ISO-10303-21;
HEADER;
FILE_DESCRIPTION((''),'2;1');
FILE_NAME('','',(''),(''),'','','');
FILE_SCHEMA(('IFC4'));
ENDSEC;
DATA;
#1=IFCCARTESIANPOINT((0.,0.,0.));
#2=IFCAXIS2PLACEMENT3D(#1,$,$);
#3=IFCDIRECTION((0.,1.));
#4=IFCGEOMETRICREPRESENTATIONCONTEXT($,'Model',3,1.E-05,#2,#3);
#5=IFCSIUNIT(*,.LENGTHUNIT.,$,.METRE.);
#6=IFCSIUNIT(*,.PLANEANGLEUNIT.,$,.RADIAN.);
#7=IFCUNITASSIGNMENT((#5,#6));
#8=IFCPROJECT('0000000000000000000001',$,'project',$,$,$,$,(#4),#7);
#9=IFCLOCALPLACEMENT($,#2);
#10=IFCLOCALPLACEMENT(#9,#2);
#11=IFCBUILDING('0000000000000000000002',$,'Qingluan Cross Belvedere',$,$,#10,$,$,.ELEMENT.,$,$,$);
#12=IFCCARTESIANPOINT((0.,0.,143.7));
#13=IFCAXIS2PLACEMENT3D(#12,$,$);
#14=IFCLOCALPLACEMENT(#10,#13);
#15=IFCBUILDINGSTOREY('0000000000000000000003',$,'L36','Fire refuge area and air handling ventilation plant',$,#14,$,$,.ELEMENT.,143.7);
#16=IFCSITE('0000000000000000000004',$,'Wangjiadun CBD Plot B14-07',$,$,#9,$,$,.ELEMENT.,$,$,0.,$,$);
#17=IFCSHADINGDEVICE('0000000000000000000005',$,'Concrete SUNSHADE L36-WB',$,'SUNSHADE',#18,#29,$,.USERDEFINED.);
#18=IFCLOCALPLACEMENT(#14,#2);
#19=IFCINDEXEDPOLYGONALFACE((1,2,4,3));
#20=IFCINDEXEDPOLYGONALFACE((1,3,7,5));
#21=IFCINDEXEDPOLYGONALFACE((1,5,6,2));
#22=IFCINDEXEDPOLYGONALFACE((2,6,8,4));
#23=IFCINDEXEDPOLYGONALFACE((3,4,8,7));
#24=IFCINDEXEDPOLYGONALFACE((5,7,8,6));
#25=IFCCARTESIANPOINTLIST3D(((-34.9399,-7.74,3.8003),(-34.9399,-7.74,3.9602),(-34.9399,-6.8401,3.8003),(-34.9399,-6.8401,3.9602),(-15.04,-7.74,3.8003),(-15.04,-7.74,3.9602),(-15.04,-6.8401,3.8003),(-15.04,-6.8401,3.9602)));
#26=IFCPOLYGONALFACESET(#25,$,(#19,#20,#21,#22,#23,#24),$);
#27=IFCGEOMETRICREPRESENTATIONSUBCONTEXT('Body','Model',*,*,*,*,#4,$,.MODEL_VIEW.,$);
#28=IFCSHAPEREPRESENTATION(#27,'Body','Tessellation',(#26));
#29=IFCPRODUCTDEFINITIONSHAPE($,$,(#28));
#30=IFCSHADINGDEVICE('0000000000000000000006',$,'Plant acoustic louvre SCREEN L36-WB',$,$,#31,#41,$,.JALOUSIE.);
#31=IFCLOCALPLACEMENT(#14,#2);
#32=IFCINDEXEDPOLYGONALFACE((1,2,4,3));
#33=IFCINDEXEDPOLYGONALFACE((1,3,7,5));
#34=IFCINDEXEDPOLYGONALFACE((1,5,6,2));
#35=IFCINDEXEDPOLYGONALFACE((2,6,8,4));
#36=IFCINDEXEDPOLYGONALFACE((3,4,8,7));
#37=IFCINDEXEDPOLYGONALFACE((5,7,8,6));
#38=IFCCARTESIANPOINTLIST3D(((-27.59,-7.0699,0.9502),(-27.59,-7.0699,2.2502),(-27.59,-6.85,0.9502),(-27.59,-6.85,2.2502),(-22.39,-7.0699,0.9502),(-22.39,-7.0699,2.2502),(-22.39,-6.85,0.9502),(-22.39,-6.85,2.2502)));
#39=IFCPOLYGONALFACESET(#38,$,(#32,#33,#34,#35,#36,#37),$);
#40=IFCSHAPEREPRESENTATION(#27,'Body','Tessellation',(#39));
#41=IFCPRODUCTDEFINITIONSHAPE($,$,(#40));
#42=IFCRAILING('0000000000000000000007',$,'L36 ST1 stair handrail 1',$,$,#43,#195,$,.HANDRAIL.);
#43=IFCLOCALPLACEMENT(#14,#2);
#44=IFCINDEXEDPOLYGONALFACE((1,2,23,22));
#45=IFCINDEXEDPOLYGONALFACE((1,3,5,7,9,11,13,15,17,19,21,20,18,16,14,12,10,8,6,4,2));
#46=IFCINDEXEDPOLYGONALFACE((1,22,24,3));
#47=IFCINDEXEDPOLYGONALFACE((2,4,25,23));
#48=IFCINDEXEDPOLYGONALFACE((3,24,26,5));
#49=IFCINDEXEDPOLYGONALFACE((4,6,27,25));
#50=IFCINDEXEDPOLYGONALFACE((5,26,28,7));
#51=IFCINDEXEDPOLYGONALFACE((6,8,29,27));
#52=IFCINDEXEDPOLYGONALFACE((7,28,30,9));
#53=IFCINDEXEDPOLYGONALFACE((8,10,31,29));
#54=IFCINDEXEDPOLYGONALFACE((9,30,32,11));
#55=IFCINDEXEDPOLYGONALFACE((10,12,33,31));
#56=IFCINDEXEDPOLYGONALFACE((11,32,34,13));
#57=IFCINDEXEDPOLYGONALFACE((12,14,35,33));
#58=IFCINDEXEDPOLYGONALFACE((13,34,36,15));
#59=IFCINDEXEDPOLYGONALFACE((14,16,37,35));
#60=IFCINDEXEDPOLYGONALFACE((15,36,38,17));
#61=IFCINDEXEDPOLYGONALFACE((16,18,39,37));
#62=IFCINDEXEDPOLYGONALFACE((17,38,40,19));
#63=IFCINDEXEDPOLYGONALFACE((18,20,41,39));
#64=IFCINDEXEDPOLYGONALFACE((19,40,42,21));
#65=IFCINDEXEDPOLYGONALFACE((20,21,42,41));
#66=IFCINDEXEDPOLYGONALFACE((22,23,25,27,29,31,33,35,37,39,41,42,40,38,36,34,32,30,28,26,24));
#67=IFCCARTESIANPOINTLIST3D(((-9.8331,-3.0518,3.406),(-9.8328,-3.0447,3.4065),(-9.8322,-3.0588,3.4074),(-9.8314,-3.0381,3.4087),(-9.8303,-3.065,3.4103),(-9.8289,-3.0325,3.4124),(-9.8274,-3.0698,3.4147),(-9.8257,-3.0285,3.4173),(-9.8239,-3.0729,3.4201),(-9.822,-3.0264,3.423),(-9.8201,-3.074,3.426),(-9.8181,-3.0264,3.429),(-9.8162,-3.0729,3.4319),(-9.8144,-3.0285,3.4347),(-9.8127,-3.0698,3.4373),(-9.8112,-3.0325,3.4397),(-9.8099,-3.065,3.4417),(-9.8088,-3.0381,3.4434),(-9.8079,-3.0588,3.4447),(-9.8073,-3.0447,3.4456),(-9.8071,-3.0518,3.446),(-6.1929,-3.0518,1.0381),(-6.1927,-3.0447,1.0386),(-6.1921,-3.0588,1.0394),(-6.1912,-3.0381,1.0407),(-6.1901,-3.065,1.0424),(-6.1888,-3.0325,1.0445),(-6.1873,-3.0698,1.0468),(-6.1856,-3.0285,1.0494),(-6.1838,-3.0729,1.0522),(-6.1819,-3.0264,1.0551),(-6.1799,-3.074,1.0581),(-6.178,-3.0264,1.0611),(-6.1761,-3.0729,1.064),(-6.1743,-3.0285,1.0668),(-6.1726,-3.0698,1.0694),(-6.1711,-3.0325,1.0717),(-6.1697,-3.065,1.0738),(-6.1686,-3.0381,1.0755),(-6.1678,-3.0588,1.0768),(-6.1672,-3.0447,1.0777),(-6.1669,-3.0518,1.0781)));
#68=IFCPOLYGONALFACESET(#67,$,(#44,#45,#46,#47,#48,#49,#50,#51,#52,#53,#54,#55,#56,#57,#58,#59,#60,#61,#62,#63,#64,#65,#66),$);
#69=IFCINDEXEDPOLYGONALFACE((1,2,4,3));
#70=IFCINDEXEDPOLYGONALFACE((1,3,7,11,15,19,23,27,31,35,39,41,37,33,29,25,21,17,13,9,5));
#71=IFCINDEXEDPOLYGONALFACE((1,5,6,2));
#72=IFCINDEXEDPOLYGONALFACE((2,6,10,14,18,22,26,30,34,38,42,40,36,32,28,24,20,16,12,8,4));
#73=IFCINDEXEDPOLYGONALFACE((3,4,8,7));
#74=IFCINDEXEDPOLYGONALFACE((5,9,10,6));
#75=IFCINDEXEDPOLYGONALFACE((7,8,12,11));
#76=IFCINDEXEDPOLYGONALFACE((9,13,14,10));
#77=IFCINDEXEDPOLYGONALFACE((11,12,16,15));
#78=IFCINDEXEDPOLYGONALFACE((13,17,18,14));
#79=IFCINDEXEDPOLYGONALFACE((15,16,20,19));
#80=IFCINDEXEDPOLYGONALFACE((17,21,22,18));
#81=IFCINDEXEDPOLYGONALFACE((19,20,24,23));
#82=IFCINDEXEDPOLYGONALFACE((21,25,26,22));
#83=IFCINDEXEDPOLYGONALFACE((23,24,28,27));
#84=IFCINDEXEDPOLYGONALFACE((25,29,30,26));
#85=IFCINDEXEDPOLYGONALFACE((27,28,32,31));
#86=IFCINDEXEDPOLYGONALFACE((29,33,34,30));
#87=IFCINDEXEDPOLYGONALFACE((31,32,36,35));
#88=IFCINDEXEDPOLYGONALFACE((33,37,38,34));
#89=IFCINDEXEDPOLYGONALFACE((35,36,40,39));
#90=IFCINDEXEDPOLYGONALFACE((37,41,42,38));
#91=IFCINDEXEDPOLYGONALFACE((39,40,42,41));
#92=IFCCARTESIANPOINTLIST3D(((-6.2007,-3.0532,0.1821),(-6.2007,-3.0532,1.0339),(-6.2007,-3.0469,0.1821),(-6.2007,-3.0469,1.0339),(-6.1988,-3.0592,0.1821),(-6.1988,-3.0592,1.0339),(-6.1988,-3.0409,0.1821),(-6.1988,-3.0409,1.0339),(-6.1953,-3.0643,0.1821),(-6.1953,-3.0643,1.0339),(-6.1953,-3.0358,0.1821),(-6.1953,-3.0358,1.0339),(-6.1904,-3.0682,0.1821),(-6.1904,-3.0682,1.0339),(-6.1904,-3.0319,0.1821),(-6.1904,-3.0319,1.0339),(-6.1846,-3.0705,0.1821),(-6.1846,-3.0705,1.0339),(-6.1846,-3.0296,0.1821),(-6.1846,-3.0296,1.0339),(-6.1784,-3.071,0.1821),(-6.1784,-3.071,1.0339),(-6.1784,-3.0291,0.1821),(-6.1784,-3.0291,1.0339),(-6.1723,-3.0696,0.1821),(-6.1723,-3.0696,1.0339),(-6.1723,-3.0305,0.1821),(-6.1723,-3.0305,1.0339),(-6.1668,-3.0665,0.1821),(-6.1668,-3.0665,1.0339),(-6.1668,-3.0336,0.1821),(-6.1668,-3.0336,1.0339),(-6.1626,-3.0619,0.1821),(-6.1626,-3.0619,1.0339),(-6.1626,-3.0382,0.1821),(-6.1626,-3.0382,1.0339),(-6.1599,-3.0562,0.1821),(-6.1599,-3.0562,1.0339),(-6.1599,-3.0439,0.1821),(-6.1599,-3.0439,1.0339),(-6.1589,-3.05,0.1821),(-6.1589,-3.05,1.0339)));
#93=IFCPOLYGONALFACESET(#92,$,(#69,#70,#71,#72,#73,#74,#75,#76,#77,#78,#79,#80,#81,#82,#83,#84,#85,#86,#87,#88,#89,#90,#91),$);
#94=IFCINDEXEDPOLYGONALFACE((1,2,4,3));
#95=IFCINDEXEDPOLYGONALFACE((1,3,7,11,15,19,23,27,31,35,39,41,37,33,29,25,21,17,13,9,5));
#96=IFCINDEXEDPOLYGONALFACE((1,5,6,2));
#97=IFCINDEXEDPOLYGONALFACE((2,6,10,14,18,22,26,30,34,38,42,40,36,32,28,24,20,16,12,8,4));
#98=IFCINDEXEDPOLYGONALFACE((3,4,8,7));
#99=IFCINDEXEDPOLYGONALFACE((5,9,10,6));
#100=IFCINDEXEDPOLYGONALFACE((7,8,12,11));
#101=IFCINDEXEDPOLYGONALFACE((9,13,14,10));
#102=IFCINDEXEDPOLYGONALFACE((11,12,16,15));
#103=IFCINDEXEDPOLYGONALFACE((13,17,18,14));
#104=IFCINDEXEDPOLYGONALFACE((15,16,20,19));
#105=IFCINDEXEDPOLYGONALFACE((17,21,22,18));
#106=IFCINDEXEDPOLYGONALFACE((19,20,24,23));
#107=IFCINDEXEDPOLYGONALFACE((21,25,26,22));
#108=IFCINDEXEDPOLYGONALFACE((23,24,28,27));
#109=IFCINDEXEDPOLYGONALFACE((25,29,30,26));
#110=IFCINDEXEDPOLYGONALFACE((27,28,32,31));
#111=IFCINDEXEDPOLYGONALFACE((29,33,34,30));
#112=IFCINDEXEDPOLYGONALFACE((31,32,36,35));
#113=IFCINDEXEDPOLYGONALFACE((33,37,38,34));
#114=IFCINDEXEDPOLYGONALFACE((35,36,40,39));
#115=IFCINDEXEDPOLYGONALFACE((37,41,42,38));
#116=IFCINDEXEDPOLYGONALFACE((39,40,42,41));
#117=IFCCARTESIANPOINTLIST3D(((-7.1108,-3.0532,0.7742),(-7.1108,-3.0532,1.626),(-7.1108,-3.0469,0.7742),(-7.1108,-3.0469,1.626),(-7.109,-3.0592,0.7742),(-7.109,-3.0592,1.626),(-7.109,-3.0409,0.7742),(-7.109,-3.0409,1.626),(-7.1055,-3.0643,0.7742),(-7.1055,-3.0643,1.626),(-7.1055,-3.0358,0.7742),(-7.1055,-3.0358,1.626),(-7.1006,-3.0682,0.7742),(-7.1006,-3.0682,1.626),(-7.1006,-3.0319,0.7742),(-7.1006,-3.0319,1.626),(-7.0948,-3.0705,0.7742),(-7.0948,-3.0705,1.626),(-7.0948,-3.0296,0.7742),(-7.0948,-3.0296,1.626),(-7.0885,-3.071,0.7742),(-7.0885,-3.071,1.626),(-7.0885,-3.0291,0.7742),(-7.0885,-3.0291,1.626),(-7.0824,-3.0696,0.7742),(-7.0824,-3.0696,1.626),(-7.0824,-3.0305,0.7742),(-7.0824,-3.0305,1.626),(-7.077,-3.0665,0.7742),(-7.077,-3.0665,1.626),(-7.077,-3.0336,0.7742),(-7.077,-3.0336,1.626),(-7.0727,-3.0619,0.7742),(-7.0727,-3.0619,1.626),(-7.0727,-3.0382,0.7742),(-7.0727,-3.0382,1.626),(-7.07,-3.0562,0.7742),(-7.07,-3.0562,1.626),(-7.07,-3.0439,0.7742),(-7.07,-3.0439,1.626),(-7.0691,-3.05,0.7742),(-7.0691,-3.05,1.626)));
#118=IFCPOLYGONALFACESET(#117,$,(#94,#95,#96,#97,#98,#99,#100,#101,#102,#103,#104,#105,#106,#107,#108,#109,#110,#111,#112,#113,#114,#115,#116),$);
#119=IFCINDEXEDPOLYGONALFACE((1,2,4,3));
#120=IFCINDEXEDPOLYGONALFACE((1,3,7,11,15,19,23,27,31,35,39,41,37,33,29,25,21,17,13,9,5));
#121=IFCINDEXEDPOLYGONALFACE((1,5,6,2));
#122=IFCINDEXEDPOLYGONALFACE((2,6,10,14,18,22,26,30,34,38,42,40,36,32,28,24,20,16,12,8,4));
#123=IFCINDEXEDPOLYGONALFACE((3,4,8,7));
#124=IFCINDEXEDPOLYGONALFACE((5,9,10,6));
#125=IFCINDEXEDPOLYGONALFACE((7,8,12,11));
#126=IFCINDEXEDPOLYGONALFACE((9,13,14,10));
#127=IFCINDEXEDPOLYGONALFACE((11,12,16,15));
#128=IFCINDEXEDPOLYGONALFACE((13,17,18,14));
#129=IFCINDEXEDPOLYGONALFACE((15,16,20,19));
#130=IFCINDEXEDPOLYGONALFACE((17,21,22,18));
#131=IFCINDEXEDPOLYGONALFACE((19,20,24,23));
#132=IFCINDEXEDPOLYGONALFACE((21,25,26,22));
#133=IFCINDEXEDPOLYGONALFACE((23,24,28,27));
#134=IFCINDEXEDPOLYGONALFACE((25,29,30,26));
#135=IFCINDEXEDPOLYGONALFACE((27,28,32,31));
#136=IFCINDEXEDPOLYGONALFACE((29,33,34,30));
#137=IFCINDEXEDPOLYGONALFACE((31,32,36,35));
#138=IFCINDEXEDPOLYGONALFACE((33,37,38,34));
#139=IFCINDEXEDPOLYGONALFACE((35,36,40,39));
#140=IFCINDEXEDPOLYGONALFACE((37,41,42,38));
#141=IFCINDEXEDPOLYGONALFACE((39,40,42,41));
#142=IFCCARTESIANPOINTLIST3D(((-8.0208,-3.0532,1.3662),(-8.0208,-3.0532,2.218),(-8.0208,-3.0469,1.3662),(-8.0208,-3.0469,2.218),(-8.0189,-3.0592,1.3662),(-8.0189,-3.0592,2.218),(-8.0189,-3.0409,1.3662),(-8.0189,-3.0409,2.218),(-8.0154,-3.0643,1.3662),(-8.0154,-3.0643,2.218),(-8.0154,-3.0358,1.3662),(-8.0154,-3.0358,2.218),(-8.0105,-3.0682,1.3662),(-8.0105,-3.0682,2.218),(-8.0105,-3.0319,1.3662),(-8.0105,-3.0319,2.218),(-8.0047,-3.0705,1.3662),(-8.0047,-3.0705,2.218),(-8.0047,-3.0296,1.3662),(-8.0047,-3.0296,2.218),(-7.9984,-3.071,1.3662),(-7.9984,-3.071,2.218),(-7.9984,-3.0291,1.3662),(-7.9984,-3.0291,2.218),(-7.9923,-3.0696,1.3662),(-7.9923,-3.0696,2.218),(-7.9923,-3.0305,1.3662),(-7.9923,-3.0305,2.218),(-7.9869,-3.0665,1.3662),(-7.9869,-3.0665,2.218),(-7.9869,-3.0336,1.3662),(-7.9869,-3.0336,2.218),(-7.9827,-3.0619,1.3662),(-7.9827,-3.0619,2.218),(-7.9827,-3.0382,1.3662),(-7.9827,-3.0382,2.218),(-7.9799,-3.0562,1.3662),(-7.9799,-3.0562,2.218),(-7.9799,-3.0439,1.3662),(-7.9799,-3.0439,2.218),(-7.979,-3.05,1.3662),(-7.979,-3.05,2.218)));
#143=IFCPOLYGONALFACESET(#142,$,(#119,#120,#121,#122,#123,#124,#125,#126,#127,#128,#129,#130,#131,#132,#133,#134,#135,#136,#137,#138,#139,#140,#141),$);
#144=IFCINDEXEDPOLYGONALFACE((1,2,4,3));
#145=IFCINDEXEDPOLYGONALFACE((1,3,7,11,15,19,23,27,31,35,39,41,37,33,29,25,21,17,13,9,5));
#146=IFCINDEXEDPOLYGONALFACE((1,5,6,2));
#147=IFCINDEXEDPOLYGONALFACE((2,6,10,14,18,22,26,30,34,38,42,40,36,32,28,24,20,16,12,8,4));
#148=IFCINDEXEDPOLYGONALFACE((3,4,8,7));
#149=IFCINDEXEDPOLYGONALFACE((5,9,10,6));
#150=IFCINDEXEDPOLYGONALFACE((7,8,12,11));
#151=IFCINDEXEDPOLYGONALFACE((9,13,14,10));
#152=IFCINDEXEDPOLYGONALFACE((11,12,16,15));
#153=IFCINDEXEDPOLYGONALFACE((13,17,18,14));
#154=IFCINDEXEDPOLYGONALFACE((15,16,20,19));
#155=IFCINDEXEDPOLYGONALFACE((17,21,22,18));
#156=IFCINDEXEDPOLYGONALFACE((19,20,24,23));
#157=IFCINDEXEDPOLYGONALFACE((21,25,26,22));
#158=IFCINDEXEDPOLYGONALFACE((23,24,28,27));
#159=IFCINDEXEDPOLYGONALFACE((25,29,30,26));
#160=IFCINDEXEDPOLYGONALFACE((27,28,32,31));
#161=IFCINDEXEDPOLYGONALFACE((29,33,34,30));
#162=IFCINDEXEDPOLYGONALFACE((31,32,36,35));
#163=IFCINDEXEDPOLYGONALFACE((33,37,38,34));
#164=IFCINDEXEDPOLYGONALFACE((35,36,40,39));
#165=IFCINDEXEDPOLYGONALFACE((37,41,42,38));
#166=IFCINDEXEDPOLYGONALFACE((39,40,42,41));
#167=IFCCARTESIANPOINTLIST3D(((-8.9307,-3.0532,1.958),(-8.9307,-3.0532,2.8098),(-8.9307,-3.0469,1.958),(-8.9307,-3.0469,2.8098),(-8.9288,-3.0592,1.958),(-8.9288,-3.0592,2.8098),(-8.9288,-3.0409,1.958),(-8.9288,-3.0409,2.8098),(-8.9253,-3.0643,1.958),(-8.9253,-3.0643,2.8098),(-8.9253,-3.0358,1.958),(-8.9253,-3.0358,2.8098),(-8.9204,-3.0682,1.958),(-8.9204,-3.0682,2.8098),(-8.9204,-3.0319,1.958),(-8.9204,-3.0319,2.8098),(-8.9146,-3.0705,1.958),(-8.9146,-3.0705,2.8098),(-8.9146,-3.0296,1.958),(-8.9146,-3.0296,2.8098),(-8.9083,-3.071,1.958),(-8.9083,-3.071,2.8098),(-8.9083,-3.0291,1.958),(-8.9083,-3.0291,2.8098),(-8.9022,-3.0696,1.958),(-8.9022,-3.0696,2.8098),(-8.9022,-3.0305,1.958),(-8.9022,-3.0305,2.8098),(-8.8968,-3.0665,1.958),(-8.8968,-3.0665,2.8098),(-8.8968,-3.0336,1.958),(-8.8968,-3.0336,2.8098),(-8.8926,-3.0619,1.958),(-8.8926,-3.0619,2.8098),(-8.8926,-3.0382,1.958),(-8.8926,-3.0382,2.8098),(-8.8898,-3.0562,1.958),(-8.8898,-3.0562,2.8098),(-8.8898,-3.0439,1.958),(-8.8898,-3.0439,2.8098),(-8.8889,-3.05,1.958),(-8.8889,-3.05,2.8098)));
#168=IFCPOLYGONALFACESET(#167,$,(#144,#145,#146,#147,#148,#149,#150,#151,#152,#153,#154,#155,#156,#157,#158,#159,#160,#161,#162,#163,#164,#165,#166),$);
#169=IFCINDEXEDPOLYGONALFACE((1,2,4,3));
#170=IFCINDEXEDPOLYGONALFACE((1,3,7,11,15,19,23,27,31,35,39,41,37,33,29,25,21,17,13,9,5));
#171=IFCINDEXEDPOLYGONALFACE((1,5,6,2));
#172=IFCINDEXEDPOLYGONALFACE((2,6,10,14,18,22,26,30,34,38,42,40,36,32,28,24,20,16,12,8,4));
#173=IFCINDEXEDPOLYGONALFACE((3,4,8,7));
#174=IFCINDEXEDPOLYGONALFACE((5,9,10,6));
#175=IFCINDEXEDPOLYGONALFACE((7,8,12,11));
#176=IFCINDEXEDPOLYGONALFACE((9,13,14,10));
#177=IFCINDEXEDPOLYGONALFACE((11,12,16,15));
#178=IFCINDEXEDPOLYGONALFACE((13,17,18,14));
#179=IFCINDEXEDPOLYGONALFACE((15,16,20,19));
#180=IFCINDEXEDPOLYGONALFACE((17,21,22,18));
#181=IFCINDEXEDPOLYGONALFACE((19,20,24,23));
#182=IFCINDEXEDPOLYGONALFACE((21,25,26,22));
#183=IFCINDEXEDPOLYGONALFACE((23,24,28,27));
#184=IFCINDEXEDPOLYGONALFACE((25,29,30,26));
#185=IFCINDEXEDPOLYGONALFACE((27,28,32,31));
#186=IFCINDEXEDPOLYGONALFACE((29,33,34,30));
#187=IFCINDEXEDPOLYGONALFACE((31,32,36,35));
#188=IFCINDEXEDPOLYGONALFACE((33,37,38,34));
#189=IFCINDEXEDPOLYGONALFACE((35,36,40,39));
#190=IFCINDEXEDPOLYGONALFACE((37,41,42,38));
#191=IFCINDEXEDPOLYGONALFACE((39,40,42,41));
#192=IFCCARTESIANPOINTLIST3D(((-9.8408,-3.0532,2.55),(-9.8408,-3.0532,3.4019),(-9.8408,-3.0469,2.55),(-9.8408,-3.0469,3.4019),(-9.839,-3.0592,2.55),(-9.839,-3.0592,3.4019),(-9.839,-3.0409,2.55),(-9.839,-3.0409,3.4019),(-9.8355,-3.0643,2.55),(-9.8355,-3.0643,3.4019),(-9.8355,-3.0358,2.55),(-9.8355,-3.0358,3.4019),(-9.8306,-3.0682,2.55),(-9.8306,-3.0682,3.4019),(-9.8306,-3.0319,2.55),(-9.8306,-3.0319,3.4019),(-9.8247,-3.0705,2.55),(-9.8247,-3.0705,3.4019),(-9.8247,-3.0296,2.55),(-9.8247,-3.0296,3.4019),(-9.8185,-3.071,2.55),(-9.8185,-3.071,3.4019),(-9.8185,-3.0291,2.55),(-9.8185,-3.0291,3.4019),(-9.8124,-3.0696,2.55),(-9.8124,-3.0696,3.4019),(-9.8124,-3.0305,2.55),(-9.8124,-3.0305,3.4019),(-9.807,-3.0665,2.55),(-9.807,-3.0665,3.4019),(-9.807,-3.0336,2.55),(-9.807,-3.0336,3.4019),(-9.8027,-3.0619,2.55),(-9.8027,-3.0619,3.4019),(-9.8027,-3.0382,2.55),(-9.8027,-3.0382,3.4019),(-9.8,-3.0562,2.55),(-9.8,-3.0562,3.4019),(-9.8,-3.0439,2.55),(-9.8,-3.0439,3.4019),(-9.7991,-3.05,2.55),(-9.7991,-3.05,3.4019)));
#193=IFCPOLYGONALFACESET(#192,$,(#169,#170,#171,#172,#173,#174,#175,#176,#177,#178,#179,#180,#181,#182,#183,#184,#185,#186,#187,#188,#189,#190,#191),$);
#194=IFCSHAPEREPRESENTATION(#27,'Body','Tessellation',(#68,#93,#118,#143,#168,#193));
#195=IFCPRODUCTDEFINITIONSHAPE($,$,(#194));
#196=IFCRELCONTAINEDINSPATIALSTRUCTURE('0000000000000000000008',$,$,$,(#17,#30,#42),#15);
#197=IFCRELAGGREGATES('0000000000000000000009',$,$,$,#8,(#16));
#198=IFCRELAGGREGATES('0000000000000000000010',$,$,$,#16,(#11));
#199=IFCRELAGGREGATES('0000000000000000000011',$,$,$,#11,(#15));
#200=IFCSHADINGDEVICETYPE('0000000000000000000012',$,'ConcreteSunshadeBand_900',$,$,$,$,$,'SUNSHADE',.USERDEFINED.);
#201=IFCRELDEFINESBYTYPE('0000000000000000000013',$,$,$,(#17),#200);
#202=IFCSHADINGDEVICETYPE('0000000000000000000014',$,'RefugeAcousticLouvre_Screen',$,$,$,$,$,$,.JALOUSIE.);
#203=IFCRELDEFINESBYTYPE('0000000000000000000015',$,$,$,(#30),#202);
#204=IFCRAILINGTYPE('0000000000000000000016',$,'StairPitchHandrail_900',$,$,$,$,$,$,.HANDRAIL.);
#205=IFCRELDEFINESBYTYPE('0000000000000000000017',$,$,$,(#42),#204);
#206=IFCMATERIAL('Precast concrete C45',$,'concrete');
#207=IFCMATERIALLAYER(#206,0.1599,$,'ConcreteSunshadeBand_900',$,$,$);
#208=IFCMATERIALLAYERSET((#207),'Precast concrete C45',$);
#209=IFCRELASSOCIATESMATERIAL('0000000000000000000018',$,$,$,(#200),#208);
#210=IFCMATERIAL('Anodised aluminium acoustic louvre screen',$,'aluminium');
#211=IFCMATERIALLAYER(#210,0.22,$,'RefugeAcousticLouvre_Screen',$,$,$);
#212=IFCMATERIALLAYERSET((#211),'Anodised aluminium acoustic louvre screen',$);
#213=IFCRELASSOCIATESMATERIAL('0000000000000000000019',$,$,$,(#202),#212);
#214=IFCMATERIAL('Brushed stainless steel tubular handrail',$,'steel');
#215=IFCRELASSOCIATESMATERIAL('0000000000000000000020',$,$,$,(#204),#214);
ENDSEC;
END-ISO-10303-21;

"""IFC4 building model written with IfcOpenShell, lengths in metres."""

from ifc_helpers import new_model, si_unit, direction, frame, origin, origin_2d, place, context, subcontext, project, spatial, rectangle, circle, extrude, material, layer, layer_set, type_object, element, save


model = new_model("IFC4")

# Units and contexts
model_context = context("Model", 3, precision=1e-05, world=origin(), true_north=direction((0.0, 1.0)))
body_context = subcontext(model_context, "Body", "Model", "MODEL_VIEW")
ifc_project = project(units=[si_unit("LENGTHUNIT", "METRE"), si_unit("PLANEANGLEUNIT", "RADIAN")], contexts=[model_context])

# Site, building, storey
site_placement = place(None, origin())
site = spatial("IfcSite", under=ifc_project, at=site_placement, Name="Wangjiadun CBD Plot B14-07", CompositionType="ELEMENT", RefElevation=0.0)
building_placement = place(site_placement, origin())
building = spatial("IfcBuilding", under=site, at=building_placement, Name="Qingluan Cross Belvedere", CompositionType="ELEMENT")
storey_placement = place(building_placement, frame((0.0, 0.0, 143.7)))
storey = spatial("IfcBuildingStorey", under=building, at=storey_placement, Name="L36", Description="Fire refuge area and air handling ventilation plant", CompositionType="ELEMENT", Elevation=143.7)

# Shading devices
ifc_material_1 = material(Name="Precast concrete C45", Category="concrete")
ifc_layer_1 = layer(ifc_material_1, 0.1599, Name="ConcreteSunshadeBand_900")
ifc_layer_set_1 = layer_set([ifc_layer_1], Name="Precast concrete C45")
shading_device_type_1 = type_object("IfcShadingDeviceType", Name="ConcreteSunshadeBand_900", ElementType="SUNSHADE", PredefinedType="USERDEFINED", material=ifc_layer_set_1)
shading_device_1_placement = place(storey_placement, frame((-24.99, -7.29, 3.8003), z_axis=(0.0, 0.0, 1.0), x_axis=(1.0, 0.0, 0.0)))
element("IfcShadingDevice", 1, at=shading_device_1_placement, inside=storey, type_object=shading_device_type_1, Name="Concrete SUNSHADE L36-WB", ObjectType="SUNSHADE", PredefinedType="USERDEFINED", context=body_context, shape_type="SweptSolid", body=[
    extrude(rectangle(XDim=19.8999, YDim=0.8999, at=origin_2d()), origin(), (0.0, 0.0, 1.0), 0.1599),
])
ifc_material_2 = material(Name="Anodised aluminium acoustic louvre screen", Category="aluminium")
ifc_layer_2 = layer(ifc_material_2, 0.22, Name="RefugeAcousticLouvre_Screen")
ifc_layer_set_2 = layer_set([ifc_layer_2], Name="Anodised aluminium acoustic louvre screen")
shading_device_type_2 = type_object("IfcShadingDeviceType", Name="RefugeAcousticLouvre_Screen", PredefinedType="JALOUSIE", material=ifc_layer_set_2)
shading_device_2_placement = place(storey_placement, frame((-24.99, -6.96, 0.9502), z_axis=(0.0, 0.0, 1.0), x_axis=(1.0, 0.0, 0.0)))
element("IfcShadingDevice", 2, at=shading_device_2_placement, inside=storey, type_object=shading_device_type_2, Name="Plant acoustic louvre SCREEN L36-WB", PredefinedType="JALOUSIE", context=body_context, shape_type="SweptSolid", body=[
    extrude(rectangle(XDim=5.2, YDim=0.22, at=origin_2d()), origin(), (0.0, 0.0, 1.0), 1.3),
])

# Railing
ifc_material_3 = material(Name="Brushed stainless steel tubular handrail", Category="steel")
railing_type_1 = type_object("IfcRailingType", Name="StairPitchHandrail_900", PredefinedType="HANDRAIL", material=ifc_material_3)
railing_1_placement = place(storey_placement, frame((-6.1799, -3.05, 0.1821)))
element("IfcRailing", 3, at=railing_1_placement, inside=storey, type_object=railing_type_1, Name="L36 ST1 stair handrail 1", PredefinedType="HANDRAIL", context=body_context, shape_type="SweptSolid", body=[
    extrude(circle(Radius=0.0239, at=origin_2d()), frame((0.0, 0.0, 0.876), z_axis=(-0.838251, 0.0, 0.545285), x_axis=(0.0, -1.0, 0.0)), (0.0, 0.0, 1.0), 4.3425),
    extrude(circle(Radius=0.021, at=origin_2d()), origin(), (0.0, 0.0, 1.0), 0.8518),
    extrude(circle(Radius=0.021, at=origin_2d()), frame((-0.9102, 0.0, 0.592)), (0.0, 0.0, 1.0), 0.8518),
    extrude(circle(Radius=0.021, at=origin_2d()), frame((-1.8201, 0.0, 1.1841)), (0.0, 0.0, 1.0), 0.8518),
    extrude(circle(Radius=0.021, at=origin_2d()), frame((-2.73, 0.0, 1.7759)), (0.0, 0.0, 1.0), 0.8518),
    extrude(circle(Radius=0.021, at=origin_2d()), frame((-3.6401, 0.0, 2.3679)), (0.0, 0.0, 1.0), 0.8518),
])

save(model, "model.ifc")
